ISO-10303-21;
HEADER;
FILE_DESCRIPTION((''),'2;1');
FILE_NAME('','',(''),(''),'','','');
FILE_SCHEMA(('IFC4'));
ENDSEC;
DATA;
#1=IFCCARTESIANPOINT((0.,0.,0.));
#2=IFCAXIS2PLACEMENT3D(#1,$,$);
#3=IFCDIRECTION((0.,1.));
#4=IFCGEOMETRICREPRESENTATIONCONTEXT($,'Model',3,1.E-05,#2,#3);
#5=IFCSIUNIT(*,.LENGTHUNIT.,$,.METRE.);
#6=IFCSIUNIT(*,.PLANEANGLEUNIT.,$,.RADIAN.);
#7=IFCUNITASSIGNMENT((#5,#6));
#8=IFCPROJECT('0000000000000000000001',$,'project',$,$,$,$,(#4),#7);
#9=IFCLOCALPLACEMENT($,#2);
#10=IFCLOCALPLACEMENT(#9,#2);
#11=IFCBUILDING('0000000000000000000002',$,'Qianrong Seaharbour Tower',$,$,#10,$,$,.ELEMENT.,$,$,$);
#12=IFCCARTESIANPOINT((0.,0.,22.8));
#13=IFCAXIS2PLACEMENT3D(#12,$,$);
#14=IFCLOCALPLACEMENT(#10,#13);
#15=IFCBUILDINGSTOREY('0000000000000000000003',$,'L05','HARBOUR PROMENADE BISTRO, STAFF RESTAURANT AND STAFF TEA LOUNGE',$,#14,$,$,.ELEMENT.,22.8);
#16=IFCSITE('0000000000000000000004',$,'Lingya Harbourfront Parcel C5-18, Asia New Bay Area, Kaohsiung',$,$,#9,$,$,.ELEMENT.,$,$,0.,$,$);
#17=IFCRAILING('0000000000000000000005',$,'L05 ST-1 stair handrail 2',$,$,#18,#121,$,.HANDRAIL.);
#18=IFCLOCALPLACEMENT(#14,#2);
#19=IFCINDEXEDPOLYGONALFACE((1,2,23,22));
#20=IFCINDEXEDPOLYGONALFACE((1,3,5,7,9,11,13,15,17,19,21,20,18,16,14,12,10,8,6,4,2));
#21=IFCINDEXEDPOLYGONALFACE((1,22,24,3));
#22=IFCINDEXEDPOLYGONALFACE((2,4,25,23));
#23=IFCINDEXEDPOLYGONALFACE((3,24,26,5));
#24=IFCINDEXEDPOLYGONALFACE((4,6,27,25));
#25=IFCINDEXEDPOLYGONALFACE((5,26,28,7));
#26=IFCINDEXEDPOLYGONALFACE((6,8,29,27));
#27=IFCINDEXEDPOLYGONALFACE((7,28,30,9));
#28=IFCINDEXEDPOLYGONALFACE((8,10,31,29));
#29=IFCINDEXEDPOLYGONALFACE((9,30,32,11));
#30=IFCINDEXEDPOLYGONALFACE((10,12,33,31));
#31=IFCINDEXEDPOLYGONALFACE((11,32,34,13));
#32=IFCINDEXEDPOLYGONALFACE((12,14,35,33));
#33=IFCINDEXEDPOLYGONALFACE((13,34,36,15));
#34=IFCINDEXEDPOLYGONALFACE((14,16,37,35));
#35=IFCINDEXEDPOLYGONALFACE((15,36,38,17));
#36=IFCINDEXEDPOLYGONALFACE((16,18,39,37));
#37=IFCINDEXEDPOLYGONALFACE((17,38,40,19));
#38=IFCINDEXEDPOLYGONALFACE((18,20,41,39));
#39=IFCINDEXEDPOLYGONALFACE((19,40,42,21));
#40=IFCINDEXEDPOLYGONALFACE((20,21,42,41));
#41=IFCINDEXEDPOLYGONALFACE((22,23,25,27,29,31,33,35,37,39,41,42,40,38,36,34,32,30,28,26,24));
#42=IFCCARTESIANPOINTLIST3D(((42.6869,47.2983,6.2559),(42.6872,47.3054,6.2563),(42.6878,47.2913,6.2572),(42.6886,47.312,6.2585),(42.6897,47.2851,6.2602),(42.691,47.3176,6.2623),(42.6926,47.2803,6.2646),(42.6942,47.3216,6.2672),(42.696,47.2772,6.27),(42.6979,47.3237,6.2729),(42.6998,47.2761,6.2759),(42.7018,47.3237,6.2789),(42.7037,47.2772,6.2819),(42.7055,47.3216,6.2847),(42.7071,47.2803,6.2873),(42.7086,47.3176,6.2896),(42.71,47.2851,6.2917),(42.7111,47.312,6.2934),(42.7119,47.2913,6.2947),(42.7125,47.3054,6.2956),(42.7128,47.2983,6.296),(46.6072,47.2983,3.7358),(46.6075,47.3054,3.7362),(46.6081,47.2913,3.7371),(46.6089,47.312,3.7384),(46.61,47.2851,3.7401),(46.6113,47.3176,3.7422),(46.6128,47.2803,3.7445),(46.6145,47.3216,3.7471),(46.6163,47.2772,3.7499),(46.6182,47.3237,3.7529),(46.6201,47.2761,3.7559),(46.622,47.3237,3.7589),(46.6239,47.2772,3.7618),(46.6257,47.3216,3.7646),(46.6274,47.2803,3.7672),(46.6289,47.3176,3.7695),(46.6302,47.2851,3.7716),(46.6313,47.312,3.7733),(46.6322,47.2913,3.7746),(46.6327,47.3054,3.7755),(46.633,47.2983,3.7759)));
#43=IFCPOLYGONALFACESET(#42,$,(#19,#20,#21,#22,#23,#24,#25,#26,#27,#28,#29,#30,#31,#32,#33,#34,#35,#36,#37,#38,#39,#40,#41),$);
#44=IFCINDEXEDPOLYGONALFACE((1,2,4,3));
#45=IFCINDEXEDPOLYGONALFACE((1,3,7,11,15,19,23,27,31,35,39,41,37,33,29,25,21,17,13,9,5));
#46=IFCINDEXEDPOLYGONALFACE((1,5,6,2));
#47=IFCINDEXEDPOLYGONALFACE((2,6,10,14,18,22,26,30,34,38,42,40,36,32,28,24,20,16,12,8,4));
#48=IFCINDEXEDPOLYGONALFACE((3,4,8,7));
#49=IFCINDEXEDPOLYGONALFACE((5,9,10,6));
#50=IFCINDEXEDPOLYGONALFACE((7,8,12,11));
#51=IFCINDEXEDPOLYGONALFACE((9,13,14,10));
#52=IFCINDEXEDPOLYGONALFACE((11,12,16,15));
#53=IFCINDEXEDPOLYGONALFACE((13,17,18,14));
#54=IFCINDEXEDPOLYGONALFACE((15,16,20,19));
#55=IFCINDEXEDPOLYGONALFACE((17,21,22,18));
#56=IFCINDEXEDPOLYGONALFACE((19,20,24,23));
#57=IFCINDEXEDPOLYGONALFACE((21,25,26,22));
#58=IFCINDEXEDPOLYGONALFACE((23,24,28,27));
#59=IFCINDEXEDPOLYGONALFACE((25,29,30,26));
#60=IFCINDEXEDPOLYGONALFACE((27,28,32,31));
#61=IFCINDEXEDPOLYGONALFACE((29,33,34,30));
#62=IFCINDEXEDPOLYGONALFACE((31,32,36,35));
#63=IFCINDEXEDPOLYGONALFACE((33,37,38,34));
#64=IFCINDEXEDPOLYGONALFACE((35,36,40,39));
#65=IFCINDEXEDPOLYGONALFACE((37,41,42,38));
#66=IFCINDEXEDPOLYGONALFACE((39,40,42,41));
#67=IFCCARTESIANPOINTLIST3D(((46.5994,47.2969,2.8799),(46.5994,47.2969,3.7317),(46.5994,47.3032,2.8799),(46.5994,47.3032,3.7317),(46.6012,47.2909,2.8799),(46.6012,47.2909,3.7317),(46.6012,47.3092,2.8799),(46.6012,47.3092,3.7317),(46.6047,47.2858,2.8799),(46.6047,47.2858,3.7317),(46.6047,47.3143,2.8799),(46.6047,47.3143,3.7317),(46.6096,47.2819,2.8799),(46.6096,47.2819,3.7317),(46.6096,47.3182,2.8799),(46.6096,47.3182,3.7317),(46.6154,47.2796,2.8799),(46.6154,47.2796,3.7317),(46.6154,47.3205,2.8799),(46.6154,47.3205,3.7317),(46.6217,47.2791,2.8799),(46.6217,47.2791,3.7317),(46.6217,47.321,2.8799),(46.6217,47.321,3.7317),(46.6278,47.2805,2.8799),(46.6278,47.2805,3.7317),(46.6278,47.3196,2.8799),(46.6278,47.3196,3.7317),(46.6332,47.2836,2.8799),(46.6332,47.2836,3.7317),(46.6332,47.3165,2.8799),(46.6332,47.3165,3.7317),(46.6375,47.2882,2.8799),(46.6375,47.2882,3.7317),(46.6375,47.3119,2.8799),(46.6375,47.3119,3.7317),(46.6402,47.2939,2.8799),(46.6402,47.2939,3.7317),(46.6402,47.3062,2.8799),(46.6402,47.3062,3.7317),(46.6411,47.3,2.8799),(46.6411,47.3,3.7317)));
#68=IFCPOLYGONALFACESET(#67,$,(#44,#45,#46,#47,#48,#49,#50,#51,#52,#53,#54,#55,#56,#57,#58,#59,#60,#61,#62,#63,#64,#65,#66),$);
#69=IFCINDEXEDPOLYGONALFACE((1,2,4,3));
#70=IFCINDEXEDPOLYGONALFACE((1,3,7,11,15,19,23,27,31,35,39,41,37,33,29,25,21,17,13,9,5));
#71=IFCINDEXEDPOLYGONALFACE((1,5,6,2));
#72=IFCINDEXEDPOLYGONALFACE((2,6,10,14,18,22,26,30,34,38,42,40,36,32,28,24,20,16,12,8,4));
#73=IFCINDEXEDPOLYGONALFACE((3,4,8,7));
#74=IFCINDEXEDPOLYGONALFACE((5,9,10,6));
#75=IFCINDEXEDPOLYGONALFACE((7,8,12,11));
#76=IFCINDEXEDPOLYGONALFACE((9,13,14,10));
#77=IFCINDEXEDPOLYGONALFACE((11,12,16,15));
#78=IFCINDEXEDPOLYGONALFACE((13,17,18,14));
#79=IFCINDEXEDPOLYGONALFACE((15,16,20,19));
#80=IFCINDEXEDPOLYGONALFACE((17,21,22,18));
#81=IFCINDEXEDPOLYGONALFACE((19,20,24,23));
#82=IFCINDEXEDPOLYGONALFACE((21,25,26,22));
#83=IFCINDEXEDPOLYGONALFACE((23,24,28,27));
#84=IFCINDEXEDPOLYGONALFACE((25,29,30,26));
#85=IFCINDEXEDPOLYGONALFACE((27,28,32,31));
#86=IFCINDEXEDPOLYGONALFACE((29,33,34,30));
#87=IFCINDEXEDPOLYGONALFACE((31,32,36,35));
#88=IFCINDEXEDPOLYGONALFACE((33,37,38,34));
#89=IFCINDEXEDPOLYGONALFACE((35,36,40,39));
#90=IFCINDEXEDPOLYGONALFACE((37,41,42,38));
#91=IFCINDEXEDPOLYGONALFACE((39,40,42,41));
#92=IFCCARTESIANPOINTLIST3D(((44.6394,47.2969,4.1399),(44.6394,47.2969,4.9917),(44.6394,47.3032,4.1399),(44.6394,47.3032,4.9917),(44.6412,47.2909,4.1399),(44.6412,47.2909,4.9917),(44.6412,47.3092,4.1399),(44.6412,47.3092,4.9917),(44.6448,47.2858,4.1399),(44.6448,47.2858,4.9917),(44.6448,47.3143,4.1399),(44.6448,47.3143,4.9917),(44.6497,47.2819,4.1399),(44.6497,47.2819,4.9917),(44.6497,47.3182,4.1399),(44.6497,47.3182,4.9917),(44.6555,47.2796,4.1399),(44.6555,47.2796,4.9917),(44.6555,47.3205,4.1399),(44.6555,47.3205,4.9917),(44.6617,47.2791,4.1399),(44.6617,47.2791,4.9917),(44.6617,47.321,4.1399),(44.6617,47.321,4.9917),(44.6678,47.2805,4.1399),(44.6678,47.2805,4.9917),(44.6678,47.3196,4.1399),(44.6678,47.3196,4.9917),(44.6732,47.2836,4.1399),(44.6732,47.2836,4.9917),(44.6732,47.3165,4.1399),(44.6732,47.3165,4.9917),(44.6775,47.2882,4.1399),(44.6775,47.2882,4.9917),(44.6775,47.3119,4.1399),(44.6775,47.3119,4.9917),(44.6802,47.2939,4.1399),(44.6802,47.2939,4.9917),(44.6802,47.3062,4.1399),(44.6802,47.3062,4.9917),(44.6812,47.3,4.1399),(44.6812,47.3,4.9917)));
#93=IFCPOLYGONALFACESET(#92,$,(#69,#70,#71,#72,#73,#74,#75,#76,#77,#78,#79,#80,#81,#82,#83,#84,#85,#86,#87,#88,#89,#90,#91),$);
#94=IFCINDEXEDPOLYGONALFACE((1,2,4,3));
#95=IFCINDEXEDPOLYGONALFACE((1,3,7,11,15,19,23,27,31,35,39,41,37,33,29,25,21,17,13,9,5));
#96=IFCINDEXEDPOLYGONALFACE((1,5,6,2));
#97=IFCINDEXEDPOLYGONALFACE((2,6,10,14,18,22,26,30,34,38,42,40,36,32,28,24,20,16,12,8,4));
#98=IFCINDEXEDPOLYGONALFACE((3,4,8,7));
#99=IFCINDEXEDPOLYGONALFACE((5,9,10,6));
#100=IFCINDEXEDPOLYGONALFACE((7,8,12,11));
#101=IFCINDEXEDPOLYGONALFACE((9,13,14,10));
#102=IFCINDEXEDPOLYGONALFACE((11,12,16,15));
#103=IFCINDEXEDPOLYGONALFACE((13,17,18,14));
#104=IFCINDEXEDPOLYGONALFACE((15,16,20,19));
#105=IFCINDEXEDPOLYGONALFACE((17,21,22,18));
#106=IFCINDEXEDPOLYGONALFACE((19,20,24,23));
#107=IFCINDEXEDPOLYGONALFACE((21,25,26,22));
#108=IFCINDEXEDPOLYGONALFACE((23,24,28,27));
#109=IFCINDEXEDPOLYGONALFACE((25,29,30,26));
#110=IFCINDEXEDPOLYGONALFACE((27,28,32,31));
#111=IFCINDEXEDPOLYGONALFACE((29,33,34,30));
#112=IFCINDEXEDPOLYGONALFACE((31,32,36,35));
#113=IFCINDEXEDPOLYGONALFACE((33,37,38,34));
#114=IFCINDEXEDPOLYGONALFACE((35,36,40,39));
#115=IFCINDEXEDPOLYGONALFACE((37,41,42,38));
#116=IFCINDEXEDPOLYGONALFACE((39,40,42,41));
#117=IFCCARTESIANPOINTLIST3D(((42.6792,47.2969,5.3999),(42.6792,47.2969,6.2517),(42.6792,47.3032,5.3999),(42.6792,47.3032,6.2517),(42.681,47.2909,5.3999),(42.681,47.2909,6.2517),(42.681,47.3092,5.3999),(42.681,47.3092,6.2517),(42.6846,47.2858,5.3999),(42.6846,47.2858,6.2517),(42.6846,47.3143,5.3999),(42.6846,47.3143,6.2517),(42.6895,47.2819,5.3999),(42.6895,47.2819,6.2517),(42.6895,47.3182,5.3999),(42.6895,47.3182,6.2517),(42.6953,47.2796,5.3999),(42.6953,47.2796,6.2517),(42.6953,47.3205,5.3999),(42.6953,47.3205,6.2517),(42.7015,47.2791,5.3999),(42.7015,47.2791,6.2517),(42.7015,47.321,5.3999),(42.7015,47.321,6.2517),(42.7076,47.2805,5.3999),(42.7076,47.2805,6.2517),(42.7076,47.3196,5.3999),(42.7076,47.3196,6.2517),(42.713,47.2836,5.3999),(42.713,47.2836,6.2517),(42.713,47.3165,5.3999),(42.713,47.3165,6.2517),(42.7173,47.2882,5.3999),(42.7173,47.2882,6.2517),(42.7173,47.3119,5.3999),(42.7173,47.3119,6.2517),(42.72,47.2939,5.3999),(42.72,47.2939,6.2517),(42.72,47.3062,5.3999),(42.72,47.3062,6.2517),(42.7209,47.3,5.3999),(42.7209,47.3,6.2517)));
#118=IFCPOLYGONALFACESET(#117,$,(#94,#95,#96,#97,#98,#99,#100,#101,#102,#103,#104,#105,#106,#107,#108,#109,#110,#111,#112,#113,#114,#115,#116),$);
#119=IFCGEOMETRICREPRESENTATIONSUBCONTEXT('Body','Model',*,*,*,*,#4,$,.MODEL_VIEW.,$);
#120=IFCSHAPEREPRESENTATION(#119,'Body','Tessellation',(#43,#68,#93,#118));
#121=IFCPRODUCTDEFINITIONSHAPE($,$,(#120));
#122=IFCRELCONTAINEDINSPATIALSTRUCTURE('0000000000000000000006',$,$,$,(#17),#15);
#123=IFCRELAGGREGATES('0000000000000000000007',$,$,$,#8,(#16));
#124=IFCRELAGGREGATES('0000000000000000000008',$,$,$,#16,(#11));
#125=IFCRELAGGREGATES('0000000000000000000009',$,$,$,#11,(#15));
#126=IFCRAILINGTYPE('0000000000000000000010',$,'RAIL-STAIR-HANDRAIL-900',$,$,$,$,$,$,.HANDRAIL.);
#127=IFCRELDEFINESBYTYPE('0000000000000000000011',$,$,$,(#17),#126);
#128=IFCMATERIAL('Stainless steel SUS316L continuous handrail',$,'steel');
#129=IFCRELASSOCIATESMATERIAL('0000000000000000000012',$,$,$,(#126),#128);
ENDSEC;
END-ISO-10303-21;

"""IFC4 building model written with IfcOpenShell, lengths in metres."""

from ifc_helpers import new_model, si_unit, direction, frame, origin, origin_2d, place, context, subcontext, project, spatial, circle, extrude, material, type_object, element, save


model = new_model("IFC4")

# Units and contexts
model_context = context("Model", 3, precision=1e-05, world=origin(), true_north=direction((0.0, 1.0)))
body_context = subcontext(model_context, "Body", "Model", "MODEL_VIEW")
ifc_project = project(units=[si_unit("LENGTHUNIT", "METRE"), si_unit("PLANEANGLEUNIT", "RADIAN")], contexts=[model_context])

# Site, building, storey
site_placement = place(None, origin())
site = spatial("IfcSite", under=ifc_project, at=site_placement, Name="Lingya Harbourfront Parcel C5-18, Asia New Bay Area, Kaohsiung", CompositionType="ELEMENT", RefElevation=0.0)
building_placement = place(site_placement, origin())
building = spatial("IfcBuilding", under=site, at=building_placement, Name="Qianrong Seaharbour Tower", CompositionType="ELEMENT")
storey_placement = place(building_placement, frame((0.0, 0.0, 22.8)))
storey = spatial("IfcBuildingStorey", under=building, at=storey_placement, Name="L05", Description="HARBOUR PROMENADE BISTRO, STAFF RESTAURANT AND STAFF TEA LOUNGE", CompositionType="ELEMENT", Elevation=22.8)

# Railing
ifc_material_1 = material(Name="Stainless steel SUS316L continuous handrail", Category="steel")
railing_type_1 = type_object("IfcRailingType", Name="RAIL-STAIR-HANDRAIL-900", PredefinedType="HANDRAIL", material=ifc_material_1)
railing_1_placement = place(storey_placement, frame((46.6201, 47.3, 2.8799)))
element("IfcRailing", 1, at=railing_1_placement, inside=storey, type_object=railing_type_1, Name="L05 ST-1 stair handrail 2", PredefinedType="HANDRAIL", context=body_context, shape_type="SweptSolid", body=[
    extrude(circle(Radius=0.0239, at=origin_2d()), frame((0.0, 0.0, 0.876), z_axis=(-0.841187, 0.0, 0.540744), x_axis=(0.0, -1.0, 0.0)), (0.0, 0.0, 1.0), 4.6604),
    extrude(circle(Radius=0.021, at=origin_2d()), origin(), (0.0, 0.0, 1.0), 0.8518),
    extrude(circle(Radius=0.021, at=origin_2d()), frame((-1.96, 0.0, 1.26)), (0.0, 0.0, 1.0), 0.8518),
    extrude(circle(Radius=0.021, at=origin_2d()), frame((-3.9202, 0.0, 2.52)), (0.0, 0.0, 1.0), 0.8518),
])

save(model, "model.ifc")
